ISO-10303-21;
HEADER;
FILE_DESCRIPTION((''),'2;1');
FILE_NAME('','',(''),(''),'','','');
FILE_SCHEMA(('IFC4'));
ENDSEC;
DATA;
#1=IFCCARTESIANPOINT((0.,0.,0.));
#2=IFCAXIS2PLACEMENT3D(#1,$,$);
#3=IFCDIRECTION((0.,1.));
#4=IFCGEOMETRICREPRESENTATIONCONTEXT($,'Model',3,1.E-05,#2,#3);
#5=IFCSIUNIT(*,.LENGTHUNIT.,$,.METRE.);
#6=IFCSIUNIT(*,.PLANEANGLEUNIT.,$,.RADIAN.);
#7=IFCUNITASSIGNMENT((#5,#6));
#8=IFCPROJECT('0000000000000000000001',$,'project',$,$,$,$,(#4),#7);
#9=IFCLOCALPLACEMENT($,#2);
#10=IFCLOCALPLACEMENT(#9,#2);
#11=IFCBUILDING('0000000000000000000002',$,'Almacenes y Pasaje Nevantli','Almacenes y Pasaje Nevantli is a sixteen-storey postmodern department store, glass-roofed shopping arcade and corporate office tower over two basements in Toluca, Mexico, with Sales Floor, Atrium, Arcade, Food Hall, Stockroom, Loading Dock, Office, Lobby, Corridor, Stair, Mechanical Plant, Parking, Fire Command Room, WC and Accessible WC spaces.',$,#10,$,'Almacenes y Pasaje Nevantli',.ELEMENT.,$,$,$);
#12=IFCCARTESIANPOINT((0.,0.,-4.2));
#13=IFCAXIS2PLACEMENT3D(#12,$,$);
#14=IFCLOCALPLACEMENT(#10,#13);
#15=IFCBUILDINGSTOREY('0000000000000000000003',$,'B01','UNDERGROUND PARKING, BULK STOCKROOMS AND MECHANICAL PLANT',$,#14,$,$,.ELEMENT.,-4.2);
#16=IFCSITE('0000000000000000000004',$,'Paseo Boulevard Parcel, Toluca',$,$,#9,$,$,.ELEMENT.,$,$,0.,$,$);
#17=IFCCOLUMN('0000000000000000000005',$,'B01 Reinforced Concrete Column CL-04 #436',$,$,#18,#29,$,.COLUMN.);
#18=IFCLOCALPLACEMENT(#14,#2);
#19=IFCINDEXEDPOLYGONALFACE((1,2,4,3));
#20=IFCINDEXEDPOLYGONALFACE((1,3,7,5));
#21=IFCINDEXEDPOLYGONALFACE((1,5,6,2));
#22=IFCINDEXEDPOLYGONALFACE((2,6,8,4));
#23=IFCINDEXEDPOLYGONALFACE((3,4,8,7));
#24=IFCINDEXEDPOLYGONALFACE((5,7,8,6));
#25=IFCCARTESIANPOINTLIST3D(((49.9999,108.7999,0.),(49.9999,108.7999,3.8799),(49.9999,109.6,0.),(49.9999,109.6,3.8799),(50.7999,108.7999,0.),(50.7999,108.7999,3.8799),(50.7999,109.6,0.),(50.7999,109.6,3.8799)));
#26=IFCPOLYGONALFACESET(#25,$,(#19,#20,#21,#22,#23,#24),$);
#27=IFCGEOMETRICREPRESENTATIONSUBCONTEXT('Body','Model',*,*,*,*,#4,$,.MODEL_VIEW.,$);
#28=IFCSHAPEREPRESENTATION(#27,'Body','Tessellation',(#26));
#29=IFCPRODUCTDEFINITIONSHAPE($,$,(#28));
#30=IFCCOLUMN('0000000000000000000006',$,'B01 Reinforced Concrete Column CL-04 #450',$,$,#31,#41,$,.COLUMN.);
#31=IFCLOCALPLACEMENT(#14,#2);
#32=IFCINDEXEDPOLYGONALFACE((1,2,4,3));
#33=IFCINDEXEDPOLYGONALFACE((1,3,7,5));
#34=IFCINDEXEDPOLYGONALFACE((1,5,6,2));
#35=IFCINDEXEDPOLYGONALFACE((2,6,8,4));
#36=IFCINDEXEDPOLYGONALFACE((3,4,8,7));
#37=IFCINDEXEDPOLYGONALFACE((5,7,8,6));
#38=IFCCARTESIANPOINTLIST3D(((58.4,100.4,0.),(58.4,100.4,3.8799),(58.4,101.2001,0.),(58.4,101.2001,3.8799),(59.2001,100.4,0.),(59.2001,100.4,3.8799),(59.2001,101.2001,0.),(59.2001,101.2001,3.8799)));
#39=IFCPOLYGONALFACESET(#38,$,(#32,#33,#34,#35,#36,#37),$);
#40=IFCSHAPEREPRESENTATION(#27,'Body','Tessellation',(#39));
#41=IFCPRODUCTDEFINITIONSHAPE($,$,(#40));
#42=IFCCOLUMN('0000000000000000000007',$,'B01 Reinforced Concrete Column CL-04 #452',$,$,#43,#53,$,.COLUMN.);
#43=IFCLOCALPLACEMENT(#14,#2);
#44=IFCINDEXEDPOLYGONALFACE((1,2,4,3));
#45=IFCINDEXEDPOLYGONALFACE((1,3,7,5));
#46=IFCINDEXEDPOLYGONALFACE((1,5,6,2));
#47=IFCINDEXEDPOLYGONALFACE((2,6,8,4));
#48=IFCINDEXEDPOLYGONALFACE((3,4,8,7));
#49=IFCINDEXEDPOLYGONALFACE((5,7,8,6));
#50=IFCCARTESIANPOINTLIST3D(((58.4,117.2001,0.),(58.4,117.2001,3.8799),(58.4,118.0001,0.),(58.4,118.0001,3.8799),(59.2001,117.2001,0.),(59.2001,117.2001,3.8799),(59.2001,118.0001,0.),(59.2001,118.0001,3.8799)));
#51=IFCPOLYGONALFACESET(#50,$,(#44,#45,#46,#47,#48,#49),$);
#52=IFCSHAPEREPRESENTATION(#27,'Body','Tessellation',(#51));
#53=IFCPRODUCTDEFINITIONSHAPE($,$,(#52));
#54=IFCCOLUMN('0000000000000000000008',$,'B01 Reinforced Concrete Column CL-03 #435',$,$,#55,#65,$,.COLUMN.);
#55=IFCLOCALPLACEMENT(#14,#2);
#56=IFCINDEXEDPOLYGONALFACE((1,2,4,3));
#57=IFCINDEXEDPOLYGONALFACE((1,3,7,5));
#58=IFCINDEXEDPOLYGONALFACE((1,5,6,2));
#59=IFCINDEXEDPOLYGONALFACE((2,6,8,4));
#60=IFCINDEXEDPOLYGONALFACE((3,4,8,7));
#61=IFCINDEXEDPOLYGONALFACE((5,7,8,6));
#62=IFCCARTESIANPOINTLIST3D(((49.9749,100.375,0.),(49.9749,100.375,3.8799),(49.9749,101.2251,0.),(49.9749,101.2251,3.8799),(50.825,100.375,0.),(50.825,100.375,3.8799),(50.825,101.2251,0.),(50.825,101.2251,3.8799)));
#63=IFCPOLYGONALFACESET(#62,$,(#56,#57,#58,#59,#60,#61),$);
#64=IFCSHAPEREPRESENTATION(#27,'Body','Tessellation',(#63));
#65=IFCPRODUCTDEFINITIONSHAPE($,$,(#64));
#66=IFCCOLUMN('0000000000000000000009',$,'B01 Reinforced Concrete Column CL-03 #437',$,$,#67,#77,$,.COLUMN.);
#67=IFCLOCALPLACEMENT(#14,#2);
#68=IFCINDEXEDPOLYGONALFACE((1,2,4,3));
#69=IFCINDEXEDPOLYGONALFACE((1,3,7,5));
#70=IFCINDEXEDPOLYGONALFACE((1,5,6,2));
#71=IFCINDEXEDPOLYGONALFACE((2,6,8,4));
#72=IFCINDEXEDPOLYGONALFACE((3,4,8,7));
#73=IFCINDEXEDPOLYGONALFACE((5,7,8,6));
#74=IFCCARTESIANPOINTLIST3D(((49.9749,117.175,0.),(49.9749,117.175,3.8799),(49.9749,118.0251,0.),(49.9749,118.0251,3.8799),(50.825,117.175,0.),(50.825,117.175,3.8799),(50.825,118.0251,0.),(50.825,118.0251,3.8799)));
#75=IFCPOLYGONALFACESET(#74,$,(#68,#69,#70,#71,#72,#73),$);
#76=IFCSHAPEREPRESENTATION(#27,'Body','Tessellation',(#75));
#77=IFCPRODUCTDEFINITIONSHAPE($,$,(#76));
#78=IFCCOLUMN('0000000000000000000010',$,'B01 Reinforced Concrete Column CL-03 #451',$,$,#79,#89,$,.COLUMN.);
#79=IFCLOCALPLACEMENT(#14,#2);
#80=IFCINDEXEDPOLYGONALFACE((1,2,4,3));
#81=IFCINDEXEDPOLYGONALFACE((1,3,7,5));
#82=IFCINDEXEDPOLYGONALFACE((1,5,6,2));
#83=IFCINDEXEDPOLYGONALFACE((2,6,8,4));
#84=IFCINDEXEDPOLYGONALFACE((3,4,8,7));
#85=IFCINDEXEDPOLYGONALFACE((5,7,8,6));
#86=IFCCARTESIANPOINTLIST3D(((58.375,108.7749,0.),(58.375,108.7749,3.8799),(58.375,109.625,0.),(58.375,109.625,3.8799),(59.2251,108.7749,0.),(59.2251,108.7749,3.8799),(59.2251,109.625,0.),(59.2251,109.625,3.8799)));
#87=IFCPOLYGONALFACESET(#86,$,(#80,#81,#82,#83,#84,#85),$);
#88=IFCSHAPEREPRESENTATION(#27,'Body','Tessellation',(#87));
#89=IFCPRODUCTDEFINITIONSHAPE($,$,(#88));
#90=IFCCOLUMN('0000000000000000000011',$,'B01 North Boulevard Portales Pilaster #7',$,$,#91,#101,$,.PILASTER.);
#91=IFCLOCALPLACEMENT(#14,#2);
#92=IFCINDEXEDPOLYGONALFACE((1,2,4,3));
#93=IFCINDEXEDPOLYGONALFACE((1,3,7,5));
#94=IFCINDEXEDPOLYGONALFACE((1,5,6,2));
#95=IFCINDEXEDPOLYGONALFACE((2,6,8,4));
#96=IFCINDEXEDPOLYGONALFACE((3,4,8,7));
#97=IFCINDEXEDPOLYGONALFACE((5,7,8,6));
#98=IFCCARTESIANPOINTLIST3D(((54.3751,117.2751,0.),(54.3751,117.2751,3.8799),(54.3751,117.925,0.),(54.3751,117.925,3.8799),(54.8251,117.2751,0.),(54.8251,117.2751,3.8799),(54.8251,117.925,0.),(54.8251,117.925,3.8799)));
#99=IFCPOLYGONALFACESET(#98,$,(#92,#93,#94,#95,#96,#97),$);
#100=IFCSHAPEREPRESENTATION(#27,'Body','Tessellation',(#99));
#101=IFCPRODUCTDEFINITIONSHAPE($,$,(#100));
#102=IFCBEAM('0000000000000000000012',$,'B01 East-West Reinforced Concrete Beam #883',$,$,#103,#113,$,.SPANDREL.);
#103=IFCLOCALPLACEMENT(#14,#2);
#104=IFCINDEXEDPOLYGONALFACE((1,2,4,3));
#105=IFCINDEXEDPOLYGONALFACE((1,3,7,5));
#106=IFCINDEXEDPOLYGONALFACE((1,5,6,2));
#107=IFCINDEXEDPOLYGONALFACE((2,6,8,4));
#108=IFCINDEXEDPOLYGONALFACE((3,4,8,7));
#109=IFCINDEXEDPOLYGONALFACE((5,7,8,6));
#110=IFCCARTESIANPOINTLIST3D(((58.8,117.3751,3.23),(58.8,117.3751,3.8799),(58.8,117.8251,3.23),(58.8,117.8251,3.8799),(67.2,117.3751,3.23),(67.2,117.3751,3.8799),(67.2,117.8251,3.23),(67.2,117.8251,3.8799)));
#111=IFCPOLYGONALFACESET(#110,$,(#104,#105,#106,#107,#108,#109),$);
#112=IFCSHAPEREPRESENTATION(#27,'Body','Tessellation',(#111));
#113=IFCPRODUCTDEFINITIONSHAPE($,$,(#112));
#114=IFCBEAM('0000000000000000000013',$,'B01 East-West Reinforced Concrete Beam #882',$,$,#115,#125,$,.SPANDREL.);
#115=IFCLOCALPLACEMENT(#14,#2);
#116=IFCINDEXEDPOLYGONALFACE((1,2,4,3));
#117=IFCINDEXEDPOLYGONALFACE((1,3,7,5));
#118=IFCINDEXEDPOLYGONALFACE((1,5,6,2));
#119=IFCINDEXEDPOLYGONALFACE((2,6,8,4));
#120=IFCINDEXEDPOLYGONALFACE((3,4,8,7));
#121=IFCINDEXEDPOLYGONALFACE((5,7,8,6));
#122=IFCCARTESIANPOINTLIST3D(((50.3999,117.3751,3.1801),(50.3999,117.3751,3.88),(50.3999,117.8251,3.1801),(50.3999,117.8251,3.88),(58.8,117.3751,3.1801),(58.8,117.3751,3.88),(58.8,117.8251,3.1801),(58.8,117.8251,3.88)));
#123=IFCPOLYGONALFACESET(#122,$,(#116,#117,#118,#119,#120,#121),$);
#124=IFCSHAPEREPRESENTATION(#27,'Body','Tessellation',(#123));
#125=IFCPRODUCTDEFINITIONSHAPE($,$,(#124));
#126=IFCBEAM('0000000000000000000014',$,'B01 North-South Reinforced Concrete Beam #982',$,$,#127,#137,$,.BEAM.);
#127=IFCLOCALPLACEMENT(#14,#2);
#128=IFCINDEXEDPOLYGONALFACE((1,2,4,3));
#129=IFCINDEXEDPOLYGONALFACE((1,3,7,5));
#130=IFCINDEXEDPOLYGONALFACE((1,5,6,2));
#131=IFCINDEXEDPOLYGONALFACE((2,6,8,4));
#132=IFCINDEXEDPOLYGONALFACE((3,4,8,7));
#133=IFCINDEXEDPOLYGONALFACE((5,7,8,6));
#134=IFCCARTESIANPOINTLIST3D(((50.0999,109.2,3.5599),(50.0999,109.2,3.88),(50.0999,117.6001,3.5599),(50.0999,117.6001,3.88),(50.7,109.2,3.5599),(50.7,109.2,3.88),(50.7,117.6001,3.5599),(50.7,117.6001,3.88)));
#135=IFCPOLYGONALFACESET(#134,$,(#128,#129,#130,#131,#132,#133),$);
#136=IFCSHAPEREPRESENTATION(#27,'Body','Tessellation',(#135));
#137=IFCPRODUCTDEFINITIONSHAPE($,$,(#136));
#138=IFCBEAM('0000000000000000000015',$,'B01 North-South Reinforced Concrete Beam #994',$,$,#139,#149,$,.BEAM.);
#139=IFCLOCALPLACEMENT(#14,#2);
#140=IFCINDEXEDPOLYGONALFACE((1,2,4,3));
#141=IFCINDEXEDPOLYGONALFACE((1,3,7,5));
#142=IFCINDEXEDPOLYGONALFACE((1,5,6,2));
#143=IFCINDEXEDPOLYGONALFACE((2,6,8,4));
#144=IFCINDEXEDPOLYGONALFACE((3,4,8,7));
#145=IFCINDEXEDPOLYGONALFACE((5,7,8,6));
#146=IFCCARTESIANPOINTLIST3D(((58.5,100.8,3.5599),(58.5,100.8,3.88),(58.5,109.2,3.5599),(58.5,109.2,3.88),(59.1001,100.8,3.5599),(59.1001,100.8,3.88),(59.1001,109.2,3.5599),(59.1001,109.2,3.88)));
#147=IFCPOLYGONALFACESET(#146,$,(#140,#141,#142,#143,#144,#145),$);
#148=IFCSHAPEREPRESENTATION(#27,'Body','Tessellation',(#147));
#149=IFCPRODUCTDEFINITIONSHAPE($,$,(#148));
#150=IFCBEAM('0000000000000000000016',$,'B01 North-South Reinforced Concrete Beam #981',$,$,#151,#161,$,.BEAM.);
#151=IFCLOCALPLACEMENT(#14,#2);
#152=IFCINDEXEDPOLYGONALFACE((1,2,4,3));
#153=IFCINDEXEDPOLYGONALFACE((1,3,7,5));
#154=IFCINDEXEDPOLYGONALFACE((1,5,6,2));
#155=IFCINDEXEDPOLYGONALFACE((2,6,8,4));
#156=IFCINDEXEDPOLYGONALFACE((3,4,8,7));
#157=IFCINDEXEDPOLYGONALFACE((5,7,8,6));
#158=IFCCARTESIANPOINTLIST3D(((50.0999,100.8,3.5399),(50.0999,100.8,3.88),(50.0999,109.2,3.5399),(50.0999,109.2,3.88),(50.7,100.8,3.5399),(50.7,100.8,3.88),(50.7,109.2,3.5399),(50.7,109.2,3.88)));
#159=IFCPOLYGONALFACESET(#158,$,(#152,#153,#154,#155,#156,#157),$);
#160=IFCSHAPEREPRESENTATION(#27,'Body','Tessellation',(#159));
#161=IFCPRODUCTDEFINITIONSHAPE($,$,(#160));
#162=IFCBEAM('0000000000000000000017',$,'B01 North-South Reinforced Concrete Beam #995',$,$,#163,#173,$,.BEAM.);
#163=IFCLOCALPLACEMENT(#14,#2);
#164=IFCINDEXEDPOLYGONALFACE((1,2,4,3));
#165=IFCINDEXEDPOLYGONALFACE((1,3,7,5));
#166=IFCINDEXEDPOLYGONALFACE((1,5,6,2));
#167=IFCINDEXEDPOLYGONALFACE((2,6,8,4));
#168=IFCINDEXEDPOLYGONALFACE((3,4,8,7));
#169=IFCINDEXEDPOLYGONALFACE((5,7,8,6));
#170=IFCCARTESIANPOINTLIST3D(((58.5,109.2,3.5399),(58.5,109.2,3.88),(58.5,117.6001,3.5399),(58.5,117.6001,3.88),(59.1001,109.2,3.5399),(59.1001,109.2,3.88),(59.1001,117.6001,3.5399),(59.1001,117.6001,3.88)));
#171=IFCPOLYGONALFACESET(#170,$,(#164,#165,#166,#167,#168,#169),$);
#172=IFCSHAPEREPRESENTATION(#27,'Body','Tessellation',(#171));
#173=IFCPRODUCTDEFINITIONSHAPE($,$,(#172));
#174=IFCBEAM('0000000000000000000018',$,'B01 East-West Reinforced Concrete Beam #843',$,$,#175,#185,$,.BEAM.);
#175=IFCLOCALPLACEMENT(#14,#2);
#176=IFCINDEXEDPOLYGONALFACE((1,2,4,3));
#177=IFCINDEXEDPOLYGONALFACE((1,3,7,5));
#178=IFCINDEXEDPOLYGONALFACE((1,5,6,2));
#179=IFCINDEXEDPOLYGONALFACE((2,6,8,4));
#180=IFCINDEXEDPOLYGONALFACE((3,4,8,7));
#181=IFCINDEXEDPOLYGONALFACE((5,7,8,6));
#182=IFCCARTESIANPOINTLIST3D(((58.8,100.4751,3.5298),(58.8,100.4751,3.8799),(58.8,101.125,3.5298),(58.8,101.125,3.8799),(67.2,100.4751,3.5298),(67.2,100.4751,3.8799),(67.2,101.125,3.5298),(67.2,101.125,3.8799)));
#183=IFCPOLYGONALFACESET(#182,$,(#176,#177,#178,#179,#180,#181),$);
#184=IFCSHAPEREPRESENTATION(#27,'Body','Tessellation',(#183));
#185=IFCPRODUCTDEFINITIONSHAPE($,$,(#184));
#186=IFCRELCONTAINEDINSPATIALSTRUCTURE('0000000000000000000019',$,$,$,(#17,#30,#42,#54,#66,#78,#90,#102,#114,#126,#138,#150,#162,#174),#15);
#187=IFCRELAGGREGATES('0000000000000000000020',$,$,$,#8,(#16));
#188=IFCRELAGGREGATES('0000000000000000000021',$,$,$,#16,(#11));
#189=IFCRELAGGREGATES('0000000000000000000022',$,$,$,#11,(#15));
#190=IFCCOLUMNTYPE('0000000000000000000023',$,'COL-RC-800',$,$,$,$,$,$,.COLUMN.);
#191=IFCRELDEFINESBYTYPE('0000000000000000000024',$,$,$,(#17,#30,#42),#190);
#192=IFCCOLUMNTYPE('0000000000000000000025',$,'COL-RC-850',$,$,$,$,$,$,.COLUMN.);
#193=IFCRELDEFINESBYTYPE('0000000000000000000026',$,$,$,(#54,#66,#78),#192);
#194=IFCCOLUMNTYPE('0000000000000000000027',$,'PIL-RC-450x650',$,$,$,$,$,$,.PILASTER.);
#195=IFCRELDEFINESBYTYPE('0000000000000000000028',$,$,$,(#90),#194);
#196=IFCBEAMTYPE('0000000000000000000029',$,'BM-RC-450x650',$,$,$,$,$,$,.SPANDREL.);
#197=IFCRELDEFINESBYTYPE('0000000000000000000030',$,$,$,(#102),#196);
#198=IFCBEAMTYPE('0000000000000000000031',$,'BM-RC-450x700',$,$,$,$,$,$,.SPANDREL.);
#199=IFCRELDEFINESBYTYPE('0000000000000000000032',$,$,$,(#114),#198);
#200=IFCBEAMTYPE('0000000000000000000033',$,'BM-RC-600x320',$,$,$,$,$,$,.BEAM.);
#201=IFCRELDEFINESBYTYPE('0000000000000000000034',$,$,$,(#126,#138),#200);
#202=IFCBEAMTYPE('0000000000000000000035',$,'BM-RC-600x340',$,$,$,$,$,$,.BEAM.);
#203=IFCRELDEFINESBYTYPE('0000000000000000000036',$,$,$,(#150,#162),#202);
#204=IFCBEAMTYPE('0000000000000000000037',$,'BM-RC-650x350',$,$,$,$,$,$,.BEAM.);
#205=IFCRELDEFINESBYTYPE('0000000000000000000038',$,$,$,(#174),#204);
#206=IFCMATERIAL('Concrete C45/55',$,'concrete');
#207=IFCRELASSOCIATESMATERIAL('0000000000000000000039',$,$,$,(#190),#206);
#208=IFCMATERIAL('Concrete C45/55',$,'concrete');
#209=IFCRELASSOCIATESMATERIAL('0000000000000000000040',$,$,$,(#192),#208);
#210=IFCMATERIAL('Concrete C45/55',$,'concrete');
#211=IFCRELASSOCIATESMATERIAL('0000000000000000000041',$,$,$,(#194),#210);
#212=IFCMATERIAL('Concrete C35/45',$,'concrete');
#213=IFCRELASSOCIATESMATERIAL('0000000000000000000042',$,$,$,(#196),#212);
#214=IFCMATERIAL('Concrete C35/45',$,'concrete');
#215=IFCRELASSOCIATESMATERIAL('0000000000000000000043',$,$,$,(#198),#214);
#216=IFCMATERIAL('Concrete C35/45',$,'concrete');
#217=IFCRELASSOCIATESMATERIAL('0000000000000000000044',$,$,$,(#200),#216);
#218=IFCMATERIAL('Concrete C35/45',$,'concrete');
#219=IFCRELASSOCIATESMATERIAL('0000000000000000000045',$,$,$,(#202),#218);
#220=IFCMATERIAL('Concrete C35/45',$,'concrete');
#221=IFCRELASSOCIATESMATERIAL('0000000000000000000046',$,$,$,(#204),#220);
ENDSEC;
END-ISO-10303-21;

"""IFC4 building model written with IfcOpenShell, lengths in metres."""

from ifc_helpers import new_model, si_unit, direction, frame, origin, origin_2d, place, context, subcontext, project, spatial, rectangle, extrude, material, material_profile, profile_set, type_object, element, save


model = new_model("IFC4")

# Units and contexts
model_context = context("Model", 3, precision=1e-05, world=origin(), true_north=direction((0.0, 1.0)))
body_context = subcontext(model_context, "Body", "Model", "MODEL_VIEW")
ifc_project = project(units=[si_unit("LENGTHUNIT", "METRE"), si_unit("PLANEANGLEUNIT", "RADIAN")], contexts=[model_context])

# Site, building, storey
site_placement = place(None, origin())
site = spatial("IfcSite", under=ifc_project, at=site_placement, Name="Paseo Boulevard Parcel, Toluca", CompositionType="ELEMENT", RefElevation=0.0)
building_placement = place(site_placement, origin())
building = spatial("IfcBuilding", under=site, at=building_placement, Name="Almacenes y Pasaje Nevantli", Description="Almacenes y Pasaje Nevantli is a sixteen-storey postmodern department store, glass-roofed shopping arcade and corporate office tower over two basements in Toluca, Mexico, with Sales Floor, Atrium, Arcade, Food Hall, Stockroom, Loading Dock, Office, Lobby, Corridor, Stair, Mechanical Plant, Parking, Fire Command Room, WC and Accessible WC spaces.", LongName="Almacenes y Pasaje Nevantli", CompositionType="ELEMENT")
storey_placement = place(building_placement, frame((0.0, 0.0, -4.2)))
storey = spatial("IfcBuildingStorey", under=building, at=storey_placement, Name="B01", Description="UNDERGROUND PARKING, BULK STOCKROOMS AND MECHANICAL PLANT", CompositionType="ELEMENT", Elevation=-4.2)

# Columns
ifc_material_1 = material(Name="Concrete C45/55", Category="concrete")
ifc_material_profile_1 = material_profile(ifc_material_1, rectangle(XDim=0.8, YDim=0.8, at=origin_2d()), Name="RC-COL-800x800")
ifc_profile_set_1 = profile_set([ifc_material_profile_1], Name="Concrete C45/55")
column_type_1 = type_object("IfcColumnType", Name="COL-RC-800", PredefinedType="COLUMN", material=ifc_profile_set_1)
for number, where, z_axis, x_axis, name in (
    (1, (50.3999, 109.2, 0.0), (0.0, 0.0, 1.0), (1.0, 0.0, 0.0), "B01 Reinforced Concrete Column CL-04 #436"),
    (2, (58.8, 100.8, 0.0), (0.0, 0.0, 1.0), (1.0, 0.0, 0.0), "B01 Reinforced Concrete Column CL-04 #450"),
    (3, (58.8, 117.6001, 0.0), (0.0, 0.0, 1.0), (1.0, 0.0, 0.0), "B01 Reinforced Concrete Column CL-04 #452"),
):
    element("IfcColumn", number, at=place(storey_placement, frame(where, z_axis=z_axis, x_axis=x_axis)), inside=storey, type_object=column_type_1, Name=name, PredefinedType="COLUMN", context=body_context, shape_type="SweptSolid", body=[
        extrude(rectangle(XDim=0.8, YDim=0.8, at=origin_2d()), origin(), (0.0, 0.0, 1.0), 3.8799),
    ])
ifc_material_2 = material(Name="Concrete C45/55", Category="concrete")
ifc_material_profile_2 = material_profile(ifc_material_2, rectangle(XDim=0.8501, YDim=0.8501, at=origin_2d()), Name="RC-COL-850x850")
ifc_profile_set_2 = profile_set([ifc_material_profile_2], Name="Concrete C45/55")
column_type_2 = type_object("IfcColumnType", Name="COL-RC-850", PredefinedType="COLUMN", material=ifc_profile_set_2)
for number, where, z_axis, x_axis, name in (
    (4, (50.3999, 100.8, 0.0), (0.0, 0.0, 1.0), (1.0, 0.0, 0.0), "B01 Reinforced Concrete Column CL-03 #435"),
    (5, (50.3999, 117.6001, 0.0), (0.0, 0.0, 1.0), (1.0, 0.0, 0.0), "B01 Reinforced Concrete Column CL-03 #437"),
    (6, (58.8, 109.2, 0.0), (0.0, 0.0, 1.0), (1.0, 0.0, 0.0), "B01 Reinforced Concrete Column CL-03 #451"),
):
    element("IfcColumn", number, at=place(storey_placement, frame(where, z_axis=z_axis, x_axis=x_axis)), inside=storey, type_object=column_type_2, Name=name, PredefinedType="COLUMN", context=body_context, shape_type="SweptSolid", body=[
        extrude(rectangle(XDim=0.8501, YDim=0.8501, at=origin_2d()), origin(), (0.0, 0.0, 1.0), 3.8799),
    ])
ifc_material_3 = material(Name="Concrete C45/55", Category="concrete")
ifc_material_profile_3 = material_profile(ifc_material_3, rectangle(XDim=0.45, YDim=0.6499, at=origin_2d()), Name="RC-PIL-450x650")
ifc_profile_set_3 = profile_set([ifc_material_profile_3], Name="Concrete C45/55")
column_type_3 = type_object("IfcColumnType", Name="PIL-RC-450x650", PredefinedType="PILASTER", material=ifc_profile_set_3)
column_placement = place(storey_placement, frame((54.6001, 117.6001, 0.0), z_axis=(0.0, 0.0, 1.0), x_axis=(1.0, 0.0, 0.0)))
element("IfcColumn", 7, at=column_placement, inside=storey, type_object=column_type_3, Name="B01 North Boulevard Portales Pilaster #7", PredefinedType="PILASTER", context=body_context, shape_type="SweptSolid", body=[
    extrude(rectangle(XDim=0.45, YDim=0.6499, at=origin_2d()), origin(), (0.0, 0.0, 1.0), 3.8799),
])

# Beams
ifc_material_4 = material(Name="Concrete C35/45", Category="concrete")
ifc_material_profile_4 = material_profile(ifc_material_4, rectangle(XDim=0.45, YDim=0.6499, at=origin_2d()), Name="RC-BM-450x650")
ifc_profile_set_4 = profile_set([ifc_material_profile_4], Name="Concrete C35/45")
beam_type_1 = type_object("IfcBeamType", Name="BM-RC-450x650", PredefinedType="SPANDREL", material=ifc_profile_set_4)
beam_1_placement = place(storey_placement, frame((58.8, 117.6001, 3.5549), z_axis=(1.0, 0.0, 0.0), x_axis=(0.0, 1.0, 0.0)))
element("IfcBeam", 8, at=beam_1_placement, inside=storey, type_object=beam_type_1, Name="B01 East-West Reinforced Concrete Beam #883", PredefinedType="SPANDREL", context=body_context, shape_type="SweptSolid", body=[
    extrude(rectangle(XDim=0.45, YDim=0.6499, at=origin_2d()), origin(), (0.0, 0.0, 1.0), 8.3999),
])
ifc_material_5 = material(Name="Concrete C35/45", Category="concrete")
ifc_material_profile_5 = material_profile(ifc_material_5, rectangle(XDim=0.45, YDim=0.7, at=origin_2d()), Name="RC-BM-450x700")
ifc_profile_set_5 = profile_set([ifc_material_profile_5], Name="Concrete C35/45")
beam_type_2 = type_object("IfcBeamType", Name="BM-RC-450x700", PredefinedType="SPANDREL", material=ifc_profile_set_5)
beam_2_placement = place(storey_placement, frame((50.3999, 117.6001, 3.53), z_axis=(1.0, 0.0, 0.0), x_axis=(0.0, 1.0, 0.0)))
element("IfcBeam", 9, at=beam_2_placement, inside=storey, type_object=beam_type_2, Name="B01 East-West Reinforced Concrete Beam #882", PredefinedType="SPANDREL", context=body_context, shape_type="SweptSolid", body=[
    extrude(rectangle(XDim=0.45, YDim=0.7, at=origin_2d()), origin(), (0.0, 0.0, 1.0), 8.4001),
])
ifc_material_6 = material(Name="Concrete C35/45", Category="concrete")
ifc_material_profile_6 = material_profile(ifc_material_6, rectangle(XDim=0.6001, YDim=0.3201, at=origin_2d()), Name="RC-BM-600x320")
ifc_profile_set_6 = profile_set([ifc_material_profile_6], Name="Concrete C35/45")
beam_type_3 = type_object("IfcBeamType", Name="BM-RC-600x320", PredefinedType="BEAM", material=ifc_profile_set_6)
beam_3_placement = place(storey_placement, frame((50.3999, 109.2, 3.72), z_axis=(0.0, 1.0, 0.0), x_axis=(-1.0, 0.0, 0.0)))
element("IfcBeam", 10, at=beam_3_placement, inside=storey, type_object=beam_type_3, Name="B01 North-South Reinforced Concrete Beam #982", PredefinedType="BEAM", context=body_context, shape_type="SweptSolid", body=[
    extrude(rectangle(XDim=0.6001, YDim=0.3201, at=origin_2d()), origin(), (0.0, 0.0, 1.0), 8.4001),
])
beam_4_placement = place(storey_placement, frame((58.8, 100.8, 3.72), z_axis=(0.0, 1.0, 0.0), x_axis=(-1.0, 0.0, 0.0)))
element("IfcBeam", 11, at=beam_4_placement, inside=storey, type_object=beam_type_3, Name="B01 North-South Reinforced Concrete Beam #994", PredefinedType="BEAM", context=body_context, shape_type="SweptSolid", body=[
    extrude(rectangle(XDim=0.6001, YDim=0.3201, at=origin_2d()), origin(), (0.0, 0.0, 1.0), 8.3999),
])
ifc_material_7 = material(Name="Concrete C35/45", Category="concrete")
ifc_material_profile_7 = material_profile(ifc_material_7, rectangle(XDim=0.6001, YDim=0.3401, at=origin_2d()), Name="RC-BM-600x340")
ifc_profile_set_7 = profile_set([ifc_material_profile_7], Name="Concrete C35/45")
beam_type_4 = type_object("IfcBeamType", Name="BM-RC-600x340", PredefinedType="BEAM", material=ifc_profile_set_7)
beam_5_placement = place(storey_placement, frame((50.3999, 100.8, 3.71), z_axis=(0.0, 1.0, 0.0), x_axis=(-1.0, 0.0, 0.0)))
element("IfcBeam", 12, at=beam_5_placement, inside=storey, type_object=beam_type_4, Name="B01 North-South Reinforced Concrete Beam #981", PredefinedType="BEAM", context=body_context, shape_type="SweptSolid", body=[
    extrude(rectangle(XDim=0.6001, YDim=0.3401, at=origin_2d()), origin(), (0.0, 0.0, 1.0), 8.3999),
])
beam_6_placement = place(storey_placement, frame((58.8, 109.2, 3.71), z_axis=(0.0, 1.0, 0.0), x_axis=(-1.0, 0.0, 0.0)))
element("IfcBeam", 13, at=beam_6_placement, inside=storey, type_object=beam_type_4, Name="B01 North-South Reinforced Concrete Beam #995", PredefinedType="BEAM", context=body_context, shape_type="SweptSolid", body=[
    extrude(rectangle(XDim=0.6001, YDim=0.3401, at=origin_2d()), origin(), (0.0, 0.0, 1.0), 8.4001),
])
ifc_material_8 = material(Name="Concrete C35/45", Category="concrete")
ifc_material_profile_8 = material_profile(ifc_material_8, rectangle(XDim=0.6499, YDim=0.3501, at=origin_2d()), Name="RC-BM-650x350")
ifc_profile_set_8 = profile_set([ifc_material_profile_8], Name="Concrete C35/45")
beam_type_5 = type_object("IfcBeamType", Name="BM-RC-650x350", PredefinedType="BEAM", material=ifc_profile_set_8)
beam_7_placement = place(storey_placement, frame((58.8, 100.8, 3.7048), z_axis=(1.0, 0.0, 0.0), x_axis=(0.0, 1.0, 0.0)))
element("IfcBeam", 14, at=beam_7_placement, inside=storey, type_object=beam_type_5, Name="B01 East-West Reinforced Concrete Beam #843", PredefinedType="BEAM", context=body_context, shape_type="SweptSolid", body=[
    extrude(rectangle(XDim=0.6499, YDim=0.3501, at=origin_2d()), origin(), (0.0, 0.0, 1.0), 8.3999),
])

save(model, "model.ifc")
